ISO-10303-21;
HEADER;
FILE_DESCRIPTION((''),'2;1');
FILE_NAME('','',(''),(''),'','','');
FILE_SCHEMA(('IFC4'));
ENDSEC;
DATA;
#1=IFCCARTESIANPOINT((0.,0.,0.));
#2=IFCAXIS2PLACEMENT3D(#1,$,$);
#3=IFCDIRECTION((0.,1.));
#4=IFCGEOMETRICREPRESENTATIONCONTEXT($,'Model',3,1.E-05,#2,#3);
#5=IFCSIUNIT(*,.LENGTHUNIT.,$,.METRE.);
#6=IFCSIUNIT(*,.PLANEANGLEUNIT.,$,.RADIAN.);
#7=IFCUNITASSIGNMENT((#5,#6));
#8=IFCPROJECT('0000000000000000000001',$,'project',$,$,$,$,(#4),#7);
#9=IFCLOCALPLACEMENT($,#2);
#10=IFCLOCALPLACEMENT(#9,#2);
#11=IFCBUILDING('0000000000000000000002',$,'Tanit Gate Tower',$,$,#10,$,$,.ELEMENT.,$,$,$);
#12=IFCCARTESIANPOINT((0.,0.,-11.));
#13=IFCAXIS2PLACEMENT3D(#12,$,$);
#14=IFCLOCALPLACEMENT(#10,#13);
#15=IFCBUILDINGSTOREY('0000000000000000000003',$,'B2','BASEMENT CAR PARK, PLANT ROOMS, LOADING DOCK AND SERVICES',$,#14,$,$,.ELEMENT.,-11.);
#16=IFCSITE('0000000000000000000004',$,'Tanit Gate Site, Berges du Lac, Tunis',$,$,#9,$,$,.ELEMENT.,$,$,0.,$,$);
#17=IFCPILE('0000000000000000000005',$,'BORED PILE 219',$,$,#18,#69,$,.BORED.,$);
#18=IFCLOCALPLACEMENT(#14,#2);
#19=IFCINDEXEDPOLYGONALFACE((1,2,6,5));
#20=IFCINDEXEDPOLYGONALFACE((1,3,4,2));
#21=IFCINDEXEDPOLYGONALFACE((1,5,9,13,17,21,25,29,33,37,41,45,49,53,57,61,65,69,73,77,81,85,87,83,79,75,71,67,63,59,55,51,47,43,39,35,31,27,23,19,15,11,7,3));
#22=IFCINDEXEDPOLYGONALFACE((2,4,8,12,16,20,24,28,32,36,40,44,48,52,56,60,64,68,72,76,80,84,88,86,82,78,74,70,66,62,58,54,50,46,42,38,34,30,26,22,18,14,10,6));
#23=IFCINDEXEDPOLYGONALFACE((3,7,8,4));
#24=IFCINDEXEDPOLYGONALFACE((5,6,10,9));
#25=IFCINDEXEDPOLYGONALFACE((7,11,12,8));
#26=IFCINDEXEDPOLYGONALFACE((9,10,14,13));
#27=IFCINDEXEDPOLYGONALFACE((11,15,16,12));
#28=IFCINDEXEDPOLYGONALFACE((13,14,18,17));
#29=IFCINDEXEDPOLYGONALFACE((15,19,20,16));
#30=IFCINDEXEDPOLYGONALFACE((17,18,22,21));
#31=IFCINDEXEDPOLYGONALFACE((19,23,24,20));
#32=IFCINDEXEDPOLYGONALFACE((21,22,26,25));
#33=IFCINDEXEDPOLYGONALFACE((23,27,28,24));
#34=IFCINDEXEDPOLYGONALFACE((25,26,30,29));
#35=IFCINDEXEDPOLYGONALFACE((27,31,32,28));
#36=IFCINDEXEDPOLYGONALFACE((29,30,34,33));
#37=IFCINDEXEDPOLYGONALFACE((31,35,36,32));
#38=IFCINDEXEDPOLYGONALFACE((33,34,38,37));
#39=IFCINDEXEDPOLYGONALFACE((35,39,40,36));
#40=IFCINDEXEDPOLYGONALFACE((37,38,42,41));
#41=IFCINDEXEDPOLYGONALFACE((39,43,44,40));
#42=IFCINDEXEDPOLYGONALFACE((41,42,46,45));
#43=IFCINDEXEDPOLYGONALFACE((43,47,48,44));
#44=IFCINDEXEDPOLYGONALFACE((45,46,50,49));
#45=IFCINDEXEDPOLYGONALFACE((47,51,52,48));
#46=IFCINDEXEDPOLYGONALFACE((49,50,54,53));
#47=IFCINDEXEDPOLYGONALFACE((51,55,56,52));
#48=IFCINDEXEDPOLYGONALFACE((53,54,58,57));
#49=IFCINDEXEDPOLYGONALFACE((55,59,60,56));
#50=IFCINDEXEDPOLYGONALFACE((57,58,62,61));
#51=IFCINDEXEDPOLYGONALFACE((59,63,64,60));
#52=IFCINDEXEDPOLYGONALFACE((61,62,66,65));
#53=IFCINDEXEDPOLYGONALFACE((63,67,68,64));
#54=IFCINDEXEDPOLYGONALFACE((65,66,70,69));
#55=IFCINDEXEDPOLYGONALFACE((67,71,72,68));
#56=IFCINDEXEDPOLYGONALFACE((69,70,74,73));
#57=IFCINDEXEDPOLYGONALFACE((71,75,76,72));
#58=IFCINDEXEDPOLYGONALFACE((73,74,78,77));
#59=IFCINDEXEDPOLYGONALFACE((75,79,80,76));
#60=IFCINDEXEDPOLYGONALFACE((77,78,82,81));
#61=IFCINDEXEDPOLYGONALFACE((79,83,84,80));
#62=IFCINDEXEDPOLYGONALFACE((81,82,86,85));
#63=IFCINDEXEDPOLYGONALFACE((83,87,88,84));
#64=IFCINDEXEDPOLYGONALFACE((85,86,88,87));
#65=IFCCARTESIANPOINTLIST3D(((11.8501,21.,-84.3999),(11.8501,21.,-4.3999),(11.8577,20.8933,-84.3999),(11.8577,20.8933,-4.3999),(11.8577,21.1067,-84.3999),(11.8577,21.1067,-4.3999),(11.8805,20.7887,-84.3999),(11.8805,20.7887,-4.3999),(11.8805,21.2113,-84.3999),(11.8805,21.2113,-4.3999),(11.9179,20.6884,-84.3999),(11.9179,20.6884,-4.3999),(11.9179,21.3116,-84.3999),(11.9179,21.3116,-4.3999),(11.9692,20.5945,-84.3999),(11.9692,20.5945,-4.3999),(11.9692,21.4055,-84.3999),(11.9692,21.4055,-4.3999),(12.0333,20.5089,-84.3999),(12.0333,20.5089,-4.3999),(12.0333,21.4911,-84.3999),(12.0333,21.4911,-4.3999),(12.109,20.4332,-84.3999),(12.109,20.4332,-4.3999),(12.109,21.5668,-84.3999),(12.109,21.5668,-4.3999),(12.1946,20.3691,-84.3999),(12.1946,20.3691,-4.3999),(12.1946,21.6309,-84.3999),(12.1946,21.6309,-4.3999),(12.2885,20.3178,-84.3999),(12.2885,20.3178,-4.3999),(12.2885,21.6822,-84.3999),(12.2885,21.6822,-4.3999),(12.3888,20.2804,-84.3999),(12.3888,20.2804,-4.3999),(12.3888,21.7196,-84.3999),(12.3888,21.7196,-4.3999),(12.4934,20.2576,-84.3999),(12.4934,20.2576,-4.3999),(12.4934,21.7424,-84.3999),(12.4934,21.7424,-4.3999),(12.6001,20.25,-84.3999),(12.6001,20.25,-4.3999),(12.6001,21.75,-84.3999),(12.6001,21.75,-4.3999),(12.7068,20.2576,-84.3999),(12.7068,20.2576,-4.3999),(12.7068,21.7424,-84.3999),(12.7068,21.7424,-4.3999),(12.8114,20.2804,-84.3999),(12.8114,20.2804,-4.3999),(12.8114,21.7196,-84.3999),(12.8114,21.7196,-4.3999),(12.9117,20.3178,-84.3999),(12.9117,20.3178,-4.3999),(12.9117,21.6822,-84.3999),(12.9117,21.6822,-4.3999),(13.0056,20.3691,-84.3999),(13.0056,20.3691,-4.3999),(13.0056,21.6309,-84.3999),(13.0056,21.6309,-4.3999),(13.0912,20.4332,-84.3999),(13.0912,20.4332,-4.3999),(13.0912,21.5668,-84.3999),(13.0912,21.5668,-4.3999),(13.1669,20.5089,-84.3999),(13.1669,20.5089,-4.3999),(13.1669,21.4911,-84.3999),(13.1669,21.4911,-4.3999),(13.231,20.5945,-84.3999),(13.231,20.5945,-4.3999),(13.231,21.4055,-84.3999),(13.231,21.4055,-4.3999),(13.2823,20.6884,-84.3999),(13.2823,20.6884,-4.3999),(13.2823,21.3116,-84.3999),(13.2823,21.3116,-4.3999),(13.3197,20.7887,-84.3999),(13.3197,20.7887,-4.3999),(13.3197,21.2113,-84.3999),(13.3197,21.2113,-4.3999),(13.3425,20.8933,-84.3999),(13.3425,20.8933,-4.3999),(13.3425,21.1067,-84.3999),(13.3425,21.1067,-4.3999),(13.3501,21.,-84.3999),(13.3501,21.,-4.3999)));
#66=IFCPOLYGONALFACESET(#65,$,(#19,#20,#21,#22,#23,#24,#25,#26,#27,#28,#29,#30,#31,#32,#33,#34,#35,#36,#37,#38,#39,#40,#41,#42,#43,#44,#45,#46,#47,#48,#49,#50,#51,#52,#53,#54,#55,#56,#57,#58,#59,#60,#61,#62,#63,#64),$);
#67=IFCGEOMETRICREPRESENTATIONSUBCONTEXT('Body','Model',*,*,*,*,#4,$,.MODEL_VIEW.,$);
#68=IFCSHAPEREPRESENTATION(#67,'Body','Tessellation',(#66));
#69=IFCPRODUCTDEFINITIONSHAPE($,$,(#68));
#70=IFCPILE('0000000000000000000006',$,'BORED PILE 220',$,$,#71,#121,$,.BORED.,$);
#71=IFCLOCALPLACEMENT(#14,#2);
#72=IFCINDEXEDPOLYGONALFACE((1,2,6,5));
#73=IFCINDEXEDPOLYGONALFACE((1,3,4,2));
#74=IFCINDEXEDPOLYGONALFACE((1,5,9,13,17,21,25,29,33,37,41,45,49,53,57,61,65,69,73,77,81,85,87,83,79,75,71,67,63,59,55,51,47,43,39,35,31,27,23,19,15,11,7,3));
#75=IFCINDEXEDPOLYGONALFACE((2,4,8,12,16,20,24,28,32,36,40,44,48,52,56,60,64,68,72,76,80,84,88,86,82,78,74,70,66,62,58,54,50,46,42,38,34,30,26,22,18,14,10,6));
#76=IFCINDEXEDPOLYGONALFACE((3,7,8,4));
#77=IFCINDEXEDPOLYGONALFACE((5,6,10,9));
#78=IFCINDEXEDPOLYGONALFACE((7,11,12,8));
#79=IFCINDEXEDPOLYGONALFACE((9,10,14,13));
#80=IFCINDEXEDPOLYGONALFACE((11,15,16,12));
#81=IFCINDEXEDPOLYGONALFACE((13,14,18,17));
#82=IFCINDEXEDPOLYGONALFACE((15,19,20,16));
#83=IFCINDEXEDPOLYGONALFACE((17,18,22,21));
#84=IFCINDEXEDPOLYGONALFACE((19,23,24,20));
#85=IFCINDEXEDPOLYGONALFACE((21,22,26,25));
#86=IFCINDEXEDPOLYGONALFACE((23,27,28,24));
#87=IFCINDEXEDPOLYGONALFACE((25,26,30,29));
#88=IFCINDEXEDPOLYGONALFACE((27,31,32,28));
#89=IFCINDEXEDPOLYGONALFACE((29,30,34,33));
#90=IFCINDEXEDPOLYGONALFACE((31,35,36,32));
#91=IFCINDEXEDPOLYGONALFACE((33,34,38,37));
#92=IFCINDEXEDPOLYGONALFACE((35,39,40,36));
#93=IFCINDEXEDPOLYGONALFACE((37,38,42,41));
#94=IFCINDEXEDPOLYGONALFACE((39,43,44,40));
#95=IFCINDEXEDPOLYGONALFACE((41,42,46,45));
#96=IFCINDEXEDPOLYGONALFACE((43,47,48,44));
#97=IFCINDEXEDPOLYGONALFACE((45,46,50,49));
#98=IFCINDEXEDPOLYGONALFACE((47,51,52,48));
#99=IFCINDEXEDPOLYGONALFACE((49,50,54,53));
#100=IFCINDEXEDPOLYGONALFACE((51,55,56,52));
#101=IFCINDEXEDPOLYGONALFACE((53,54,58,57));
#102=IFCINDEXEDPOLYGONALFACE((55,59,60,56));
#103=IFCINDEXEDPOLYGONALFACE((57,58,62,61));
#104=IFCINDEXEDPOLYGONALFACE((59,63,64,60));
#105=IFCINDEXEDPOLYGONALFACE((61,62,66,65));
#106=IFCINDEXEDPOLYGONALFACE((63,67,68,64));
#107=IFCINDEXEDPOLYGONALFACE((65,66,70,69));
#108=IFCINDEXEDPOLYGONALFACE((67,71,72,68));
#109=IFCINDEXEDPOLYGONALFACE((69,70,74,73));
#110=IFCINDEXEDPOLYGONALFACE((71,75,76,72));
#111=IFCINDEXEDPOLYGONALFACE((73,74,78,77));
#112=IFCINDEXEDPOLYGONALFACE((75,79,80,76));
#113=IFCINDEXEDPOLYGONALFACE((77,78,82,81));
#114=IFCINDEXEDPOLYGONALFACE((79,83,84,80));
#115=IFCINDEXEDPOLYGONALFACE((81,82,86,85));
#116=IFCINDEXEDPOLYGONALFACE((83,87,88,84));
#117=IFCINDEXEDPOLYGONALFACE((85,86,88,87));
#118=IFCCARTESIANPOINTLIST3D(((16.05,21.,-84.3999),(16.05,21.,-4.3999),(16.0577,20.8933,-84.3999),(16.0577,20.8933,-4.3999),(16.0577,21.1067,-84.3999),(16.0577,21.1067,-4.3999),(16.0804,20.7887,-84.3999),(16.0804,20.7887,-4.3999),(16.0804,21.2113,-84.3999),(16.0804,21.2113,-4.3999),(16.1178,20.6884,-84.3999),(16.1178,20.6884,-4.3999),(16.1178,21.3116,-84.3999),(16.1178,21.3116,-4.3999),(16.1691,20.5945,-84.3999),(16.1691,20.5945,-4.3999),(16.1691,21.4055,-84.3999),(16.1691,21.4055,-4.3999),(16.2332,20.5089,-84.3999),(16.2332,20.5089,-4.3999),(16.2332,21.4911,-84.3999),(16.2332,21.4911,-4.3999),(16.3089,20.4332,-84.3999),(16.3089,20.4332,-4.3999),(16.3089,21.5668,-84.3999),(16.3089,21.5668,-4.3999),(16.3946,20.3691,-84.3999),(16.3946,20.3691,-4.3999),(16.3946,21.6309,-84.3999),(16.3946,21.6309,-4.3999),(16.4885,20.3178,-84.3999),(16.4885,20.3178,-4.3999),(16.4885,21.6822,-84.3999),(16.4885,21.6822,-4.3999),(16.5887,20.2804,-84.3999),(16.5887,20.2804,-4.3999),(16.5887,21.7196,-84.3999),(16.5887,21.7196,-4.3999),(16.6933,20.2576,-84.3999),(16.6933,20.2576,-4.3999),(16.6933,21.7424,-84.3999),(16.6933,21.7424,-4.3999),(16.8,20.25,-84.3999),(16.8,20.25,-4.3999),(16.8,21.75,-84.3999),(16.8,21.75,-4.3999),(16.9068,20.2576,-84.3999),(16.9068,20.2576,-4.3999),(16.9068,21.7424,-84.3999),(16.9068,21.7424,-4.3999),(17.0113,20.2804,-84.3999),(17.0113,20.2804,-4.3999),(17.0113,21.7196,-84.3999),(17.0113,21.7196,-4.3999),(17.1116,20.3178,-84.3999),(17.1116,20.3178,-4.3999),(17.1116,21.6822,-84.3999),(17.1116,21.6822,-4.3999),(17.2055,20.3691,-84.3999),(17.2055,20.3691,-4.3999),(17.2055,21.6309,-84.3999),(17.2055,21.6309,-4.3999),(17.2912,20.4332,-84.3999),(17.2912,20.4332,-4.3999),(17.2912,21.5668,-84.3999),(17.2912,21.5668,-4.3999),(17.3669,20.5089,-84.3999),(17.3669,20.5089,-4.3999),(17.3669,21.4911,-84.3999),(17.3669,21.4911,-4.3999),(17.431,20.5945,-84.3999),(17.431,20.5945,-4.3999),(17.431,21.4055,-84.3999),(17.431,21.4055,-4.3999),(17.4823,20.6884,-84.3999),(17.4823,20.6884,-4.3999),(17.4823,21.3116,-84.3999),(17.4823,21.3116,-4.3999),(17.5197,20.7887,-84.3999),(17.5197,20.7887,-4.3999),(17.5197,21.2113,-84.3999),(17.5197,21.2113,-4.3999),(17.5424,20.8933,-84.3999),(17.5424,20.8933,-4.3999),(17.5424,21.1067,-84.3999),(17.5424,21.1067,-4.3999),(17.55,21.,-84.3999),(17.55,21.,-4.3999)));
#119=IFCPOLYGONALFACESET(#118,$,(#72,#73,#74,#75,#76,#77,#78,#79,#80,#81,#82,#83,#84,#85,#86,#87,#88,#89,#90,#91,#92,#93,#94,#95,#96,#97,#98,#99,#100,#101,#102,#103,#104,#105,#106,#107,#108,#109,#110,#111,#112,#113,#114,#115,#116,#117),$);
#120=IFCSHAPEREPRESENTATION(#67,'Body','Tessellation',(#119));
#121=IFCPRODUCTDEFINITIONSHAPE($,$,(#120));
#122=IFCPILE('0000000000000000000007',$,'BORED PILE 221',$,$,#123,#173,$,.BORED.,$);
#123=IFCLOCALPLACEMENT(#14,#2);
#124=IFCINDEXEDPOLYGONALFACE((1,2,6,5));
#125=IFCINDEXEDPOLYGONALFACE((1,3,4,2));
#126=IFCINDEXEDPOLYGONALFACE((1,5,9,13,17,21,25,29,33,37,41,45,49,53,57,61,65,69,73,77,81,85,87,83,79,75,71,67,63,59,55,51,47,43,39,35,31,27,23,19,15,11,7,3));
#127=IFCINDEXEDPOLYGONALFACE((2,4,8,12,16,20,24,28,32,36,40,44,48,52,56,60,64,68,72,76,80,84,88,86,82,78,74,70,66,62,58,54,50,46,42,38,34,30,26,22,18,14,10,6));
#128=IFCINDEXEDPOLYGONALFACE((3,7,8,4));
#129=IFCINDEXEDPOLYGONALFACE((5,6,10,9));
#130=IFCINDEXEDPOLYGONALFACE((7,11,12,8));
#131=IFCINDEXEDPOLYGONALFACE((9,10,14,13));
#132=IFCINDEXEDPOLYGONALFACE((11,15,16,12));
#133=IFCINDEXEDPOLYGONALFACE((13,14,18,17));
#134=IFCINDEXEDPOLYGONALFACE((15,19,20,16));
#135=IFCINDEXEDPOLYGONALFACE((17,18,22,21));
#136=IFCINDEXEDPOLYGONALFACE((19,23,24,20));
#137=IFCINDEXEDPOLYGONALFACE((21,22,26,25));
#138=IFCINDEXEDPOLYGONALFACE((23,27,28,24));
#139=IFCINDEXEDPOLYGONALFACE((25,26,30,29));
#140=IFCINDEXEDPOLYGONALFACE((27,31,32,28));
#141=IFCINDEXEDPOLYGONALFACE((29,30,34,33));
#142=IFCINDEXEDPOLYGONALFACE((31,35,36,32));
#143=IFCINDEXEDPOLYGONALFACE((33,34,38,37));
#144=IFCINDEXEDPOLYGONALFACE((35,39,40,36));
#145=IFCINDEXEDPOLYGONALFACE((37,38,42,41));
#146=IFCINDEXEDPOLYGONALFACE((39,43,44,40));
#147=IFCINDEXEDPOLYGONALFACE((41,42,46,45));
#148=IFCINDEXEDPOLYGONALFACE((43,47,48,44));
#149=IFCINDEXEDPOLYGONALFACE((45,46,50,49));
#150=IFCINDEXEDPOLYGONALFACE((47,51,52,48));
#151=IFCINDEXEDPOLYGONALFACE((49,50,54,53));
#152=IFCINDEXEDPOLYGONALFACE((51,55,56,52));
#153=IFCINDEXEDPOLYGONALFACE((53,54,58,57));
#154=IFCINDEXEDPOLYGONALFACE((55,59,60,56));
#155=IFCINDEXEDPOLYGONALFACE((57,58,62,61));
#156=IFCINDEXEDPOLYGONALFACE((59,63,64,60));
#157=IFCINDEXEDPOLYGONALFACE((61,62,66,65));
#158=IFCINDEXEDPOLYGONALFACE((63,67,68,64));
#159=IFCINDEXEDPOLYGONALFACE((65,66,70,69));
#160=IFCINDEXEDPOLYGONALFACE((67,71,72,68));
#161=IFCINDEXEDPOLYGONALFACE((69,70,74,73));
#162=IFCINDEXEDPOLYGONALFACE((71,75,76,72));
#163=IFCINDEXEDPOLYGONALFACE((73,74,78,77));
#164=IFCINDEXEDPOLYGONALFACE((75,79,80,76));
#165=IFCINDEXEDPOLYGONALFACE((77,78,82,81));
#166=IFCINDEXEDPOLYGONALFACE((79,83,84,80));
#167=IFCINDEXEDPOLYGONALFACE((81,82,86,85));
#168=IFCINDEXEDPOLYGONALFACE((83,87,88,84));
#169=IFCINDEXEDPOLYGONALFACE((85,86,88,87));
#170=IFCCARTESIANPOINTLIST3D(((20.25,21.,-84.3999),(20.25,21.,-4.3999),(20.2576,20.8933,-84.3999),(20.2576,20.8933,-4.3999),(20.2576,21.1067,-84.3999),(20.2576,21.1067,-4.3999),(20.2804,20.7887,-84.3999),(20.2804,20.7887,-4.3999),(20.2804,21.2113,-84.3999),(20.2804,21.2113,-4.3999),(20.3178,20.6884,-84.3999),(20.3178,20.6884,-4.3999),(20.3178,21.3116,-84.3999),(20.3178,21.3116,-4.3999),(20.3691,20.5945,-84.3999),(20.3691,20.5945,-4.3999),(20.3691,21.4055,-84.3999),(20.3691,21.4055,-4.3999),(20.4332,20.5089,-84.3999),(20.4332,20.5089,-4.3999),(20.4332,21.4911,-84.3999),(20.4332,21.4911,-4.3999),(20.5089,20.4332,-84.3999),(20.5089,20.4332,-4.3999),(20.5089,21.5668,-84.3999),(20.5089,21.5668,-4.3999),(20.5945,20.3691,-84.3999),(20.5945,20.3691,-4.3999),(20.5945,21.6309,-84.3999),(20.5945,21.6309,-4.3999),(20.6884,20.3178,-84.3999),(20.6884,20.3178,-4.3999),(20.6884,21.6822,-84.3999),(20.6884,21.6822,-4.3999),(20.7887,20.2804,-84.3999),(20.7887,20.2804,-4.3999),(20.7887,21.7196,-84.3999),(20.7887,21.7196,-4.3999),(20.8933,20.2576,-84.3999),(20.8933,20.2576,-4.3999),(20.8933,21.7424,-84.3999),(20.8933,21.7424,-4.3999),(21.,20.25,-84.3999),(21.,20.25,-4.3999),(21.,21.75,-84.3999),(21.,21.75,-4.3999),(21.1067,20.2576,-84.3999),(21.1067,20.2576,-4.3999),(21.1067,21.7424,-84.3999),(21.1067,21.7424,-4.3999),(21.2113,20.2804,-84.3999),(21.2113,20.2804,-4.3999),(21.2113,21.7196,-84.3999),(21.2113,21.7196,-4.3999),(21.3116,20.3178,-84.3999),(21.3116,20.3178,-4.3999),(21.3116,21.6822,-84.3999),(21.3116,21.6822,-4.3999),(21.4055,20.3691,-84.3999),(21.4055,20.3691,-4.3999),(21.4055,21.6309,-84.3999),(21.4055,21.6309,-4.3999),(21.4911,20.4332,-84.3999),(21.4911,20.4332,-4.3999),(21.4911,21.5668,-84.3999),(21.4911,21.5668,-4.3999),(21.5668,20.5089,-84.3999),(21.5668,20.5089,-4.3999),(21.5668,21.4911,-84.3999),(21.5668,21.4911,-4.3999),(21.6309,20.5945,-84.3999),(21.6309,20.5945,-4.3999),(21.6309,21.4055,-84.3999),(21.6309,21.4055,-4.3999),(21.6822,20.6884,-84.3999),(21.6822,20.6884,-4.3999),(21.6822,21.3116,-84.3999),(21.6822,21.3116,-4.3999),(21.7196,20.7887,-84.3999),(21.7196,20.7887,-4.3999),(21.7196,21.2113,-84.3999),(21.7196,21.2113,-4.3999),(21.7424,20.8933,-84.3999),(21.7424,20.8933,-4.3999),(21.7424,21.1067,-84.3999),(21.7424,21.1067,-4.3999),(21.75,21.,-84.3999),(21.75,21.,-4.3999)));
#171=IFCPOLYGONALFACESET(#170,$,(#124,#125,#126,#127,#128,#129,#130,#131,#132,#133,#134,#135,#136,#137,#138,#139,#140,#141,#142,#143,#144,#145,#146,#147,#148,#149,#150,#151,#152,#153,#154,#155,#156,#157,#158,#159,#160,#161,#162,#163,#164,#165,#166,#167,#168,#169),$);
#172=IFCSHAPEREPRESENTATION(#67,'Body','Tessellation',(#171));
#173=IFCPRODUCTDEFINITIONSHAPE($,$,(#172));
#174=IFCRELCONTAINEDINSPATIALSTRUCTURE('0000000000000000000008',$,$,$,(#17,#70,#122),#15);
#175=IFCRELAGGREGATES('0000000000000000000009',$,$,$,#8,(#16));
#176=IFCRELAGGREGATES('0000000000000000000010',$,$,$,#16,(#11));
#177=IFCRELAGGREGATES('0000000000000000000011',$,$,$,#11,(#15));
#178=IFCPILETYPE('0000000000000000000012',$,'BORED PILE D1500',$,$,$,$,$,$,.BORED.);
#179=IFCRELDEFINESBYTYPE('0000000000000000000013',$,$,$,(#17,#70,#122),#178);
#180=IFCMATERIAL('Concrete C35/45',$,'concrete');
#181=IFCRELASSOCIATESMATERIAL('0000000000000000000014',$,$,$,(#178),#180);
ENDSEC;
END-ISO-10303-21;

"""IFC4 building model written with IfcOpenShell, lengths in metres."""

from ifc_helpers import new_model, si_unit, direction, frame, origin, origin_2d, place, context, subcontext, project, spatial, circle, extrude, material, material_profile, profile_set, type_object, element, save


model = new_model("IFC4")

# Units and contexts
model_context = context("Model", 3, precision=1e-05, world=origin(), true_north=direction((0.0, 1.0)))
body_context = subcontext(model_context, "Body", "Model", "MODEL_VIEW")
ifc_project = project(units=[si_unit("LENGTHUNIT", "METRE"), si_unit("PLANEANGLEUNIT", "RADIAN")], contexts=[model_context])

# Site, building, storey
site_placement = place(None, origin())
site = spatial("IfcSite", under=ifc_project, at=site_placement, Name="Tanit Gate Site, Berges du Lac, Tunis", CompositionType="ELEMENT", RefElevation=0.0)
building_placement = place(site_placement, origin())
building = spatial("IfcBuilding", under=site, at=building_placement, Name="Tanit Gate Tower", CompositionType="ELEMENT")
storey_placement = place(building_placement, frame((0.0, 0.0, -11.0)))
storey = spatial("IfcBuildingStorey", under=building, at=storey_placement, Name="B2", Description="BASEMENT CAR PARK, PLANT ROOMS, LOADING DOCK AND SERVICES", CompositionType="ELEMENT", Elevation=-11.0)

# Piles
ifc_material_1 = material(Name="Concrete C35/45", Category="concrete")
ifc_material_profile_1 = material_profile(ifc_material_1, circle(Radius=0.75, at=origin_2d()), Name="BORED PILE D1500 C35/45")
ifc_profile_set_1 = profile_set([ifc_material_profile_1], Name="Concrete C35/45")
pile_type = type_object("IfcPileType", Name="BORED PILE D1500", PredefinedType="BORED", material=ifc_profile_set_1)
for number, where, z_axis, x_axis, name in (
    (1, (12.6001, 21.0, -4.3999), (0.0, 0.0, -1.0), (1.0, 0.0, 0.0), "BORED PILE 219"),
    (2, (16.8, 21.0, -4.3999), (0.0, 0.0, -1.0), (1.0, 0.0, 0.0), "BORED PILE 220"),
    (3, (21.0, 21.0, -4.3999), (0.0, 0.0, -1.0), (1.0, 0.0, 0.0), "BORED PILE 221"),
):
    element("IfcPile", number, at=place(storey_placement, frame(where, z_axis=z_axis, x_axis=x_axis)), inside=storey, type_object=pile_type, Name=name, PredefinedType="BORED", context=body_context, shape_type="SweptSolid", body=[
        extrude(circle(Radius=0.75, at=origin_2d()), origin(), (0.0, 0.0, 1.0), 80.0),
    ])

save(model, "model.ifc")
